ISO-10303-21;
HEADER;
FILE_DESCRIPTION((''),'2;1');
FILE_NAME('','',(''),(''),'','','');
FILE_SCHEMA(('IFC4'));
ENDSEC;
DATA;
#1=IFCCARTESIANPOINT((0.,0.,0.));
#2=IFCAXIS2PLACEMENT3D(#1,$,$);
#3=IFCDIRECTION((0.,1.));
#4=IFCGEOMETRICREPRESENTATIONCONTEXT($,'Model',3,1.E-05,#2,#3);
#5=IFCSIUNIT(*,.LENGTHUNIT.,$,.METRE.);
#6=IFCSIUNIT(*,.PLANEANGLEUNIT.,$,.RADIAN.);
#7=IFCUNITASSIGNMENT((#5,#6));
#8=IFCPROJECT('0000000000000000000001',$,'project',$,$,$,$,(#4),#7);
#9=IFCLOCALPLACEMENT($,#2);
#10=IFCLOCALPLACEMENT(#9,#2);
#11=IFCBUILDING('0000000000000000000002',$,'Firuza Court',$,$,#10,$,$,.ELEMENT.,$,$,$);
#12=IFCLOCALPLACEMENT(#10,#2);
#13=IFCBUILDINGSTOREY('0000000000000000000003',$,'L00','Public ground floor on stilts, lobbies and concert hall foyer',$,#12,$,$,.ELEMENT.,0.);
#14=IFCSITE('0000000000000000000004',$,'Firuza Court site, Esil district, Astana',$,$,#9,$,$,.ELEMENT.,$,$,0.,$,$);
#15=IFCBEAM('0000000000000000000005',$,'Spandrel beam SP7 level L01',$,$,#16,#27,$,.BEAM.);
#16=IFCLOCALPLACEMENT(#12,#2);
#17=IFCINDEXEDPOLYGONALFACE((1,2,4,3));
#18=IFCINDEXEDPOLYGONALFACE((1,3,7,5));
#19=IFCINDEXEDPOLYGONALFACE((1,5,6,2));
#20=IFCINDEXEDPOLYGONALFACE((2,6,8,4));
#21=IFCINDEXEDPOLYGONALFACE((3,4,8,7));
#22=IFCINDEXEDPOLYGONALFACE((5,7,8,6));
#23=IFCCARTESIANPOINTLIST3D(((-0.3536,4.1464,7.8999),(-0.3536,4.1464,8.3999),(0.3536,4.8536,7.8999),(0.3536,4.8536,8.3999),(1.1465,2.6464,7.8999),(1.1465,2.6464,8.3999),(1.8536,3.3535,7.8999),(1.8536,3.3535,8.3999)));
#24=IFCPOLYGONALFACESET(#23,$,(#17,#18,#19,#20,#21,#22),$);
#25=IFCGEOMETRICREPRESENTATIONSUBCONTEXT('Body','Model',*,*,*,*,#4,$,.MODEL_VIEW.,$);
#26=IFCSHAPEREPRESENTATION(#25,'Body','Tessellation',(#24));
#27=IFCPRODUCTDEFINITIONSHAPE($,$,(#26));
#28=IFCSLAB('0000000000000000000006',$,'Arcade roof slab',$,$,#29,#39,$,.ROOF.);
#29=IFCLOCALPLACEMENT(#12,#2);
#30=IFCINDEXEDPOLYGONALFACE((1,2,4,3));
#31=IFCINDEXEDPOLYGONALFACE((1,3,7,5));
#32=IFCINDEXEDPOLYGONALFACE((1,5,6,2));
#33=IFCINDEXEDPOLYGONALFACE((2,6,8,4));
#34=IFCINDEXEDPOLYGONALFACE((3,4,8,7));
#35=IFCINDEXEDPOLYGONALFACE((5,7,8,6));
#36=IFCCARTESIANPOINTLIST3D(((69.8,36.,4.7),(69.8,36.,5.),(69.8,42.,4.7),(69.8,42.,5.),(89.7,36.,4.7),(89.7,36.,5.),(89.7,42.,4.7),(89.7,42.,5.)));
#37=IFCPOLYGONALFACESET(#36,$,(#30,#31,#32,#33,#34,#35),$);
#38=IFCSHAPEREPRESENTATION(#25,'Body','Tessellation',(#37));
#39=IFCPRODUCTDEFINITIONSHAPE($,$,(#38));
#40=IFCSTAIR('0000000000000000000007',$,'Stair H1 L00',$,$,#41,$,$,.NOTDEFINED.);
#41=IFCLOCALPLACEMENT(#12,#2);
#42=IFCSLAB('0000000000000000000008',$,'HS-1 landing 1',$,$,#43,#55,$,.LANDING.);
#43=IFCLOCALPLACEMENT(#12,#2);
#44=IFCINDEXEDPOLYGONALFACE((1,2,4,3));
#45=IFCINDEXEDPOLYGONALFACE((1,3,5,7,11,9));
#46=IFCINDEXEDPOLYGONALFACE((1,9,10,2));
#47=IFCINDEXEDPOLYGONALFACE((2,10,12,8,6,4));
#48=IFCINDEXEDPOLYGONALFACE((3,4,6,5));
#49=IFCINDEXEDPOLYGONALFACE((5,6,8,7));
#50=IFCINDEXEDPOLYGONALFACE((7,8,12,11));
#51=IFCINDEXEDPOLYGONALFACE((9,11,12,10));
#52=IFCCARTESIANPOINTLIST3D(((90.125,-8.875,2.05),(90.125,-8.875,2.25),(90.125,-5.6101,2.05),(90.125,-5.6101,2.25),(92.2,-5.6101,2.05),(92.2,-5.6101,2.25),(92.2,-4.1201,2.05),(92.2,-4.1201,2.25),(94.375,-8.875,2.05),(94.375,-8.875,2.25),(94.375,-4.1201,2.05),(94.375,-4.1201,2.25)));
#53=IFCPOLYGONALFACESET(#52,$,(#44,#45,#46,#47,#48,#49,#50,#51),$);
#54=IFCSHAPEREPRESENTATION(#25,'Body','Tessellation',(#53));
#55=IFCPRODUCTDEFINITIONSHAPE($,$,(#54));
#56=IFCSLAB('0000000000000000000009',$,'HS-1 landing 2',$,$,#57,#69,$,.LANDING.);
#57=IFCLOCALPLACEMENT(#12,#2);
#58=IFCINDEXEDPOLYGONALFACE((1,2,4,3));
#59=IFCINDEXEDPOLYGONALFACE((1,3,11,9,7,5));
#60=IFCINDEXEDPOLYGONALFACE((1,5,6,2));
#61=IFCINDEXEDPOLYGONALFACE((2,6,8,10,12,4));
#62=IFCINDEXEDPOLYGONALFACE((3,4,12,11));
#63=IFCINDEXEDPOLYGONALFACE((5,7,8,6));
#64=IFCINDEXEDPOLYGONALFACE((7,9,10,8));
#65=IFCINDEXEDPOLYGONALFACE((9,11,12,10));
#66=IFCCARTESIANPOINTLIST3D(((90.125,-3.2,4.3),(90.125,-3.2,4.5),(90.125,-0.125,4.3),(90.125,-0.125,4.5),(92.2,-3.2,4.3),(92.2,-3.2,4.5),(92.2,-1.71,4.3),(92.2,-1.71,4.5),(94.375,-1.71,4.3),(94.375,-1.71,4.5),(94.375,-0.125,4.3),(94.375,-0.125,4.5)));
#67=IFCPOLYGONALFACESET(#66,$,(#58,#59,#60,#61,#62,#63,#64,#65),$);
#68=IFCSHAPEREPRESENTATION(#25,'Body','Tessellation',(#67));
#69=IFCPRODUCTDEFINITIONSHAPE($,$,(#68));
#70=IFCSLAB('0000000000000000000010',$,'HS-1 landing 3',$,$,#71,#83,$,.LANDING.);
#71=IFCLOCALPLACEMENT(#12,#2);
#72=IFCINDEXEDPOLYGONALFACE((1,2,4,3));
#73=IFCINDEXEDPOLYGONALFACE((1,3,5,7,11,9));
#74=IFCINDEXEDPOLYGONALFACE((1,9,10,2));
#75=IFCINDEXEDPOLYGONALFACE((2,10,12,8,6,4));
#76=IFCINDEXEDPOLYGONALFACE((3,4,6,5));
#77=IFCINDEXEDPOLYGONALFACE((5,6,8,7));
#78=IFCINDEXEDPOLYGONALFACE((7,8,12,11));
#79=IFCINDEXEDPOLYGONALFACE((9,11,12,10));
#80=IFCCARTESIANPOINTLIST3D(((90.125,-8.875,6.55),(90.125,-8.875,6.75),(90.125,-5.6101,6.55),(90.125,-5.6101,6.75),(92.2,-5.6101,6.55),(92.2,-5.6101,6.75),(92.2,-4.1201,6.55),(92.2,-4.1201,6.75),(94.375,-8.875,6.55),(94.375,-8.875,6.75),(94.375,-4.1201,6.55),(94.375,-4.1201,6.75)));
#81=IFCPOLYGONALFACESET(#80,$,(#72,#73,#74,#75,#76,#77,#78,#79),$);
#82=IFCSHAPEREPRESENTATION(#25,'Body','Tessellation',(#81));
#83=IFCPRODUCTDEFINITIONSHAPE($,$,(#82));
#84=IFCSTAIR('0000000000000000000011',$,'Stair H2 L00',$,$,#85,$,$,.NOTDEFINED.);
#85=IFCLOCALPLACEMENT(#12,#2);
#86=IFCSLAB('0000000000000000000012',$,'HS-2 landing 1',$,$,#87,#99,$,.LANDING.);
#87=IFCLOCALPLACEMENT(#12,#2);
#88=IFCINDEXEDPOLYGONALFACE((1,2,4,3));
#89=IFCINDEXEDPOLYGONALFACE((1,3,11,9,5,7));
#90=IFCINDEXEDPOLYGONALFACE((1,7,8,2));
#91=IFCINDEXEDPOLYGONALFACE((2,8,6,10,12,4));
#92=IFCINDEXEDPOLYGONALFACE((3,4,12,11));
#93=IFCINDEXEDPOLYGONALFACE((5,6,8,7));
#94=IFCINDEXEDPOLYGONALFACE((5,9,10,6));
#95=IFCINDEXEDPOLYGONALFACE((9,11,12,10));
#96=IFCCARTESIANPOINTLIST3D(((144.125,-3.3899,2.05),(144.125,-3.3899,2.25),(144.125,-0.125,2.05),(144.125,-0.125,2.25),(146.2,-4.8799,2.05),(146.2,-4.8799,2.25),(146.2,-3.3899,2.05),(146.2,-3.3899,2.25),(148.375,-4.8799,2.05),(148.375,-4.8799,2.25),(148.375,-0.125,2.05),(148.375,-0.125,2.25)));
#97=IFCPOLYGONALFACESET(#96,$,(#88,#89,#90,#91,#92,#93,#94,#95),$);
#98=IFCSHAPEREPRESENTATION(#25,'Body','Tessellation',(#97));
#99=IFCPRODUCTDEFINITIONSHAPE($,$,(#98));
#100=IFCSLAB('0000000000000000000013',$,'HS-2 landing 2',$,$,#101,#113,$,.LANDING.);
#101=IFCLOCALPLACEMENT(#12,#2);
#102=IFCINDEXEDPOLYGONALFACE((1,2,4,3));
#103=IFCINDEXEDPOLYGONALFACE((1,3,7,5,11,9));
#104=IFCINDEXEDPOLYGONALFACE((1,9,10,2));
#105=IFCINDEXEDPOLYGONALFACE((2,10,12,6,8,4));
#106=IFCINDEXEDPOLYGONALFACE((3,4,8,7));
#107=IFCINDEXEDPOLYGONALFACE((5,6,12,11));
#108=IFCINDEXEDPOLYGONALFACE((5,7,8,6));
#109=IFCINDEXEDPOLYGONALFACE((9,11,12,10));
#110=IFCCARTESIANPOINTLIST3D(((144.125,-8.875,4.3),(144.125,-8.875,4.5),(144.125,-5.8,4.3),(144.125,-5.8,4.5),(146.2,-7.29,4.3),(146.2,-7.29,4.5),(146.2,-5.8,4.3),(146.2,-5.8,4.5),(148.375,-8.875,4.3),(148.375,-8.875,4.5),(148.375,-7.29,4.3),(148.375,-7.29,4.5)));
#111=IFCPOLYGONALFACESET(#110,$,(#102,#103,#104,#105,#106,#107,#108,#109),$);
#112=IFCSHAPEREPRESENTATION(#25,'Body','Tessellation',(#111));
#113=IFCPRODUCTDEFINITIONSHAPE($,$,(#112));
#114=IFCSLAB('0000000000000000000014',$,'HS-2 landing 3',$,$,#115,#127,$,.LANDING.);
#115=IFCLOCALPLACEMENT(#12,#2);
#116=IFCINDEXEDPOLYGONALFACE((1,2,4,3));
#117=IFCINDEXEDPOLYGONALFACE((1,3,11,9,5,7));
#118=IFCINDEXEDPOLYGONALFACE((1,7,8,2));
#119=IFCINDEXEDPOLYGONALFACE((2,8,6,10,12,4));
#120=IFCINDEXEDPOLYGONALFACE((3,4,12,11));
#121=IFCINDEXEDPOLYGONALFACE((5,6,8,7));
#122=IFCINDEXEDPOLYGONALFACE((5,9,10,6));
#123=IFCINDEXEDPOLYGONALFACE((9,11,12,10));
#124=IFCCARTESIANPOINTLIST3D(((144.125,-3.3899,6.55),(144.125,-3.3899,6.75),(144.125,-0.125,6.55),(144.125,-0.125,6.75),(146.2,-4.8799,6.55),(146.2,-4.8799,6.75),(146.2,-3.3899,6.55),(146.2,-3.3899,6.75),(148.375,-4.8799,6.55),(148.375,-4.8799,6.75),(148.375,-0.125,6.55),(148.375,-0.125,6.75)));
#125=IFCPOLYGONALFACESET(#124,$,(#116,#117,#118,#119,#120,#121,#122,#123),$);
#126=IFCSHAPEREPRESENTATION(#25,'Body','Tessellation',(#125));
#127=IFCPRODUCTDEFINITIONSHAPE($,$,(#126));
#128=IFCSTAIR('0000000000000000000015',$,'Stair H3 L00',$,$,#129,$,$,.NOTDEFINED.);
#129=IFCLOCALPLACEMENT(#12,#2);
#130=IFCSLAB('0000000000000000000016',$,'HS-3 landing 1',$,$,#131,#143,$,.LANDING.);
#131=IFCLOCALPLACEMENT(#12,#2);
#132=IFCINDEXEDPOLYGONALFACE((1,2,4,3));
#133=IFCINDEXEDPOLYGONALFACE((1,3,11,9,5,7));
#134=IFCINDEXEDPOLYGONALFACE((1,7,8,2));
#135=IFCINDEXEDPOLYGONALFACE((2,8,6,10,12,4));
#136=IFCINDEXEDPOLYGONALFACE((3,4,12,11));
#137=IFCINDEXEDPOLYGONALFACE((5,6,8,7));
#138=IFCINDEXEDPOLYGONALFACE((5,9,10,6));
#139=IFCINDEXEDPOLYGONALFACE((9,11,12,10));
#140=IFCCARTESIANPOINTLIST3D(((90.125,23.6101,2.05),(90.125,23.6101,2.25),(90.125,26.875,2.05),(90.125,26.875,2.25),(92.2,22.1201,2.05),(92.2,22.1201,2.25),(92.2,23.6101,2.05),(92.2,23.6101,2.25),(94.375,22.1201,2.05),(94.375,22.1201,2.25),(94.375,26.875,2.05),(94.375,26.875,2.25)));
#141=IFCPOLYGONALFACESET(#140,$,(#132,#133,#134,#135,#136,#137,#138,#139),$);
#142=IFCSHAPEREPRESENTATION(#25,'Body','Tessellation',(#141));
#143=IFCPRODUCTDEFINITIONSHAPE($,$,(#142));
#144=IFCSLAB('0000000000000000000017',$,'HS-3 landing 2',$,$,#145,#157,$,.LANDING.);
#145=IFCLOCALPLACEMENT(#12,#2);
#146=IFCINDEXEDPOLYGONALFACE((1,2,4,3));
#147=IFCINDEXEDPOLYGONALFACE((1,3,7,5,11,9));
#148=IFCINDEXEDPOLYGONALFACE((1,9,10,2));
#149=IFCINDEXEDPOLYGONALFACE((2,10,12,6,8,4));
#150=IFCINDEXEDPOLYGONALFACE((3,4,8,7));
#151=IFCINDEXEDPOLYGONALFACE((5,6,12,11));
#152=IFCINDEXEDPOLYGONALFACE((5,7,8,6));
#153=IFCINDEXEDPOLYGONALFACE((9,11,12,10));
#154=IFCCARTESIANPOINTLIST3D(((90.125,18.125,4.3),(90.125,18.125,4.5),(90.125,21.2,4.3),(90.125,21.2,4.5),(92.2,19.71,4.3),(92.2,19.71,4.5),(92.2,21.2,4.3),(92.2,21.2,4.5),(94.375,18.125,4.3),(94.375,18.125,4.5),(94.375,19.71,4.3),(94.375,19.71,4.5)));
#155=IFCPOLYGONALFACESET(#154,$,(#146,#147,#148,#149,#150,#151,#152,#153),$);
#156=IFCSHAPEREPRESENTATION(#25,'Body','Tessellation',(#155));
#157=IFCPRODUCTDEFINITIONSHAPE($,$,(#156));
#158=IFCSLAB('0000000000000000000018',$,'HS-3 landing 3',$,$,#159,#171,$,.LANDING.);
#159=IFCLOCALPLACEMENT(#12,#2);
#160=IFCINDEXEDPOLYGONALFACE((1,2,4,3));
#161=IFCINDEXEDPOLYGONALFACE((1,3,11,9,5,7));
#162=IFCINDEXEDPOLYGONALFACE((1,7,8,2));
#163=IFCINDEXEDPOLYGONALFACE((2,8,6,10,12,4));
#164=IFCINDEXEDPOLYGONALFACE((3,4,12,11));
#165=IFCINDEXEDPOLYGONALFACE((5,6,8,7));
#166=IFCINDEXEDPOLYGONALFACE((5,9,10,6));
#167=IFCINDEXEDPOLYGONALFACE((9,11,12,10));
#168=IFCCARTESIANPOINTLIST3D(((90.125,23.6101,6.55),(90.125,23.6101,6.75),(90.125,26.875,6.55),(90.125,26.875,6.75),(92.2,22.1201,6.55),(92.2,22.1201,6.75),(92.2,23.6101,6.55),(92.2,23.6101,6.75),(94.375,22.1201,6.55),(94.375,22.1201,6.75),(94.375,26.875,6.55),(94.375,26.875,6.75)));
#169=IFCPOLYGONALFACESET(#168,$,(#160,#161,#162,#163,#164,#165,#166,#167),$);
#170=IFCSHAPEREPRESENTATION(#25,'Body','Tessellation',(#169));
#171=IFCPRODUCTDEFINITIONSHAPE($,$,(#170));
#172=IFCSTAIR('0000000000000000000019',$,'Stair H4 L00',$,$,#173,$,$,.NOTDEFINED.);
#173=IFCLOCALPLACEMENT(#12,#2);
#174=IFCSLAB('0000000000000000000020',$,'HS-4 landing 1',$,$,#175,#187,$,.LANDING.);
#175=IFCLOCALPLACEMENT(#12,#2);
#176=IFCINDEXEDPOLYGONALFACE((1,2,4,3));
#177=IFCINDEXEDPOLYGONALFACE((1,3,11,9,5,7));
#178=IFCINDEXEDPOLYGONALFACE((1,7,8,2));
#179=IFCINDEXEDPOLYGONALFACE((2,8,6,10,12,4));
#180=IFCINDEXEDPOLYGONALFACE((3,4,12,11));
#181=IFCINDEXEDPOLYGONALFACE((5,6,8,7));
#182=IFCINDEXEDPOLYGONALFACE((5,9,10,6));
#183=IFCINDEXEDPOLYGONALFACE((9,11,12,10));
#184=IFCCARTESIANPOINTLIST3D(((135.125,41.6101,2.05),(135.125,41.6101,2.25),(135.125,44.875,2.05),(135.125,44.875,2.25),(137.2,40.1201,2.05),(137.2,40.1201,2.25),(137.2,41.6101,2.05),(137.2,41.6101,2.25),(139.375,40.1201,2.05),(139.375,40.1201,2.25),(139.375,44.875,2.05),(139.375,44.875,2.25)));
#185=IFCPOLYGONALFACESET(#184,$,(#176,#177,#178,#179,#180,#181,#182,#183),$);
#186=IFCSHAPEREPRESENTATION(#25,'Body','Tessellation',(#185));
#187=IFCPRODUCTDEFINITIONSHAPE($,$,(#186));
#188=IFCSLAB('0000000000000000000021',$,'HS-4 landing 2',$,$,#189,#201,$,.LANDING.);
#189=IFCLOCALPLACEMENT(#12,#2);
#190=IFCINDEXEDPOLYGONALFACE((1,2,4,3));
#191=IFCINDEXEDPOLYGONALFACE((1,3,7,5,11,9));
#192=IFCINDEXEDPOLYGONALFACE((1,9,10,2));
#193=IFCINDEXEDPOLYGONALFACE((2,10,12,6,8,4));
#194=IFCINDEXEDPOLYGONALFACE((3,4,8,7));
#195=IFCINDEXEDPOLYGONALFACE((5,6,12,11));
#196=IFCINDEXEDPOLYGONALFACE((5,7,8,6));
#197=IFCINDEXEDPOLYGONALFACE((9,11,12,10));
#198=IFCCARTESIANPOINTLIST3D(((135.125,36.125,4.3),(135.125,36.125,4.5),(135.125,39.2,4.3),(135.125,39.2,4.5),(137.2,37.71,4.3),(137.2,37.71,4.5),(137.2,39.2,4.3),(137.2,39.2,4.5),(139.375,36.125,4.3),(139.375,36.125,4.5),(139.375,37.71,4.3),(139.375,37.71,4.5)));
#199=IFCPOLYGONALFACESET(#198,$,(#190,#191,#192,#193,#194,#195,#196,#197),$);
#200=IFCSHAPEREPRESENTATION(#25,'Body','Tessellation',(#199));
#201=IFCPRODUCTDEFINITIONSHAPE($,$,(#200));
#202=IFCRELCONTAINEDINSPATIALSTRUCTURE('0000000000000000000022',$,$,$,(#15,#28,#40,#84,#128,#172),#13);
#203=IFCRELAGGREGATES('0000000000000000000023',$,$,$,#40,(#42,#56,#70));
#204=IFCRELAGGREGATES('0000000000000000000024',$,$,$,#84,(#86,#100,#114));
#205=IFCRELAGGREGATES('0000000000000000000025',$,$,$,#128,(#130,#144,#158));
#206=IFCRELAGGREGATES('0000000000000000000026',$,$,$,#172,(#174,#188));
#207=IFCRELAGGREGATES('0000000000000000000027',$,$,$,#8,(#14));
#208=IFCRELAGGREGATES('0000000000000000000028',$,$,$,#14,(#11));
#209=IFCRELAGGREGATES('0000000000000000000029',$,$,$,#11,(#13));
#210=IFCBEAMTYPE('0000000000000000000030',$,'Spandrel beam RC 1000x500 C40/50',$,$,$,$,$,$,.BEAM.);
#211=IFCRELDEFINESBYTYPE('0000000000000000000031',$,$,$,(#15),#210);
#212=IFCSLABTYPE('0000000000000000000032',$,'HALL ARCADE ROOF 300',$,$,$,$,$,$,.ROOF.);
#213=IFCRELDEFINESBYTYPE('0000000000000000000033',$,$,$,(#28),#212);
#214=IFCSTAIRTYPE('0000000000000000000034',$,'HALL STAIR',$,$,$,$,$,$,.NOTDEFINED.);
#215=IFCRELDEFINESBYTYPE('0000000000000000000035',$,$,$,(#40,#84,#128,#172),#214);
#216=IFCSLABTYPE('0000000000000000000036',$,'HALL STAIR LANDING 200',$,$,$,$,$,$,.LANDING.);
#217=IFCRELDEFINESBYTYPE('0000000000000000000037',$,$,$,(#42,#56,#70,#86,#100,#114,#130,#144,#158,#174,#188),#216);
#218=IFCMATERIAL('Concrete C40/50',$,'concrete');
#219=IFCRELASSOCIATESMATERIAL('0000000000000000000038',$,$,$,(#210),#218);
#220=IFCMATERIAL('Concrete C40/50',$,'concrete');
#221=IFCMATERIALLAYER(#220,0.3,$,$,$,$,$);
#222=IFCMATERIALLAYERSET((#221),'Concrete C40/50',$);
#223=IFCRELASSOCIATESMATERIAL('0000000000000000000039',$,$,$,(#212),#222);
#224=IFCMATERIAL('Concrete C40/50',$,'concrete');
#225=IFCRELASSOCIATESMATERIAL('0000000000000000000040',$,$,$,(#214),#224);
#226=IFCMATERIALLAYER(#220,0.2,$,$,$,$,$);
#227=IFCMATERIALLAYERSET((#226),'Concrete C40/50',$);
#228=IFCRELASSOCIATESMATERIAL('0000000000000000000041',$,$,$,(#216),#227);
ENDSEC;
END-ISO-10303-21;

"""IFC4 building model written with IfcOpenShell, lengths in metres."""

from ifc_helpers import new_model, si_unit, direction, frame, origin, origin_2d, place, context, subcontext, project, spatial, polyline, rectangle, outline, extrude, material, layer, layer_set, material_profile, profile_set, type_object, element, aggregate, save


model = new_model("IFC4")

# Units and contexts
model_context = context("Model", 3, precision=1e-05, world=origin(), true_north=direction((0.0, 1.0)))
body_context = subcontext(model_context, "Body", "Model", "MODEL_VIEW")
ifc_project = project(units=[si_unit("LENGTHUNIT", "METRE"), si_unit("PLANEANGLEUNIT", "RADIAN")], contexts=[model_context])

# Site, building, storey
site_placement = place(None, origin())
site = spatial("IfcSite", under=ifc_project, at=site_placement, Name="Firuza Court site, Esil district, Astana", CompositionType="ELEMENT", RefElevation=0.0)
building_placement = place(site_placement, origin())
building = spatial("IfcBuilding", under=site, at=building_placement, Name="Firuza Court", CompositionType="ELEMENT")
storey_placement = place(building_placement, origin())
storey = spatial("IfcBuildingStorey", under=building, at=storey_placement, Name="L00", Description="Public ground floor on stilts, lobbies and concert hall foyer", CompositionType="ELEMENT", Elevation=0.0)

# Beam
ifc_material_1 = material(Name="Concrete C40/50", Category="concrete")
ifc_material_profile = material_profile(ifc_material_1, rectangle(XDim=1.0, YDim=0.5, at=origin_2d()), Name="RC 1000x500")
ifc_profile_set = profile_set([ifc_material_profile], Name="Concrete C40/50")
beam_type = type_object("IfcBeamType", Name="Spandrel beam RC 1000x500 C40/50", PredefinedType="BEAM", material=ifc_profile_set)
beam_placement = place(storey_placement, frame((0.0, 4.5, 8.1499), z_axis=(0.707107, -0.707107, 0.0), x_axis=(0.707107, 0.707107, 0.0)))
element("IfcBeam", 1, at=beam_placement, inside=storey, type_object=beam_type, Name="Spandrel beam SP7 level L01", PredefinedType="BEAM", context=body_context, shape_type="SweptSolid", body=[
    extrude(rectangle(XDim=1.0, YDim=0.5, at=origin_2d()), origin(), (0.0, 0.0, 1.0), 2.1213),
])

# Slab
ifc_material_2 = material(Name="Concrete C40/50", Category="concrete")
ifc_layer_1 = layer(ifc_material_2, 0.3)
ifc_layer_set_1 = layer_set([ifc_layer_1], Name="Concrete C40/50")
slab_type_1 = type_object("IfcSlabType", Name="HALL ARCADE ROOF 300", PredefinedType="ROOF", material=ifc_layer_set_1)
slab_1_placement = place(storey_placement, frame((0.0, 0.0, 4.7)))
element("IfcSlab", 2, at=slab_1_placement, inside=storey, type_object=slab_type_1, Name="Arcade roof slab", PredefinedType="ROOF", context=body_context, shape_type="SweptSolid", body=[
    extrude(outline(polyline([(89.7, 36.0), (89.7, 42.0), (69.8, 42.0), (69.8, 36.0), (89.7, 36.0)])), origin(), (0.0, 0.0, 1.0), 0.3),
])

# Stairs, slabs
ifc_material_3 = material(Name="Concrete C40/50", Category="concrete")
stair_type_1 = type_object("IfcStairType", Name="HALL STAIR", PredefinedType="NOTDEFINED", material=ifc_material_3)
stair_1_placement = place(storey_placement, origin())
stair_1 = element("IfcStair", 3, at=stair_1_placement, inside=storey, type_object=stair_type_1, Name="Stair H1 L00", PredefinedType="NOTDEFINED")
ifc_layer_2 = layer(ifc_material_2, 0.2)
ifc_layer_set_2 = layer_set([ifc_layer_2], Name="Concrete C40/50")
slab_type_2 = type_object("IfcSlabType", Name="HALL STAIR LANDING 200", PredefinedType="LANDING", material=ifc_layer_set_2)
slab_2_placement = place(storey_placement, frame((0.0, 0.0, 2.05)))
slab_2 = element("IfcSlab", 4, at=slab_2_placement, type_object=slab_type_2, Name="HS-1 landing 1", PredefinedType="LANDING", context=body_context, shape_type="SweptSolid", body=[
    extrude(outline(polyline([(90.125, -5.6101), (92.2, -5.6101), (92.2, -4.1201), (94.375, -4.1201), (94.375, -8.875), (90.125, -8.875), (90.125, -5.6101)])), origin(), (0.0, 0.0, 1.0), 0.2),
])
slab_3_placement = place(storey_placement, frame((0.0, 0.0, 4.3)))
slab_3 = element("IfcSlab", 5, at=slab_3_placement, type_object=slab_type_2, Name="HS-1 landing 2", PredefinedType="LANDING", context=body_context, shape_type="SweptSolid", body=[
    extrude(outline(polyline([(90.125, -0.125), (94.375, -0.125), (94.375, -1.71), (92.2, -1.71), (92.2, -3.2), (90.125, -3.2), (90.125, -0.125)])), origin(), (0.0, 0.0, 1.0), 0.2),
])
slab_4_placement = place(storey_placement, frame((0.0, 0.0, 6.55)))
slab_4 = element("IfcSlab", 6, at=slab_4_placement, type_object=slab_type_2, Name="HS-1 landing 3", PredefinedType="LANDING", context=body_context, shape_type="SweptSolid", body=[
    extrude(outline(polyline([(90.125, -5.6101), (92.2, -5.6101), (92.2, -4.1201), (94.375, -4.1201), (94.375, -8.875), (90.125, -8.875), (90.125, -5.6101)])), origin(), (0.0, 0.0, 1.0), 0.2),
])
aggregate(stair_1, [slab_2, slab_3, slab_4])
stair_2_placement = place(storey_placement, origin())
stair_2 = element("IfcStair", 7, at=stair_2_placement, inside=storey, type_object=stair_type_1, Name="Stair H2 L00", PredefinedType="NOTDEFINED")
slab_5_placement = place(storey_placement, frame((0.0, 0.0, 2.05)))
slab_5 = element("IfcSlab", 8, at=slab_5_placement, type_object=slab_type_2, Name="HS-2 landing 1", PredefinedType="LANDING", context=body_context, shape_type="SweptSolid", body=[
    extrude(outline(polyline([(144.125, -3.3899), (146.2, -3.3899), (146.2, -4.8799), (148.375, -4.8799), (148.375, -0.125), (144.125, -0.125), (144.125, -3.3899)])), origin(), (0.0, 0.0, 1.0), 0.2),
])
slab_6_placement = place(storey_placement, frame((0.0, 0.0, 4.3)))
slab_6 = element("IfcSlab", 9, at=slab_6_placement, type_object=slab_type_2, Name="HS-2 landing 2", PredefinedType="LANDING", context=body_context, shape_type="SweptSolid", body=[
    extrude(outline(polyline([(144.125, -8.875), (148.375, -8.875), (148.375, -7.29), (146.2, -7.29), (146.2, -5.8), (144.125, -5.8), (144.125, -8.875)])), origin(), (0.0, 0.0, 1.0), 0.2),
])
slab_7_placement = place(storey_placement, frame((0.0, 0.0, 6.55)))
slab_7 = element("IfcSlab", 10, at=slab_7_placement, type_object=slab_type_2, Name="HS-2 landing 3", PredefinedType="LANDING", context=body_context, shape_type="SweptSolid", body=[
    extrude(outline(polyline([(144.125, -3.3899), (146.2, -3.3899), (146.2, -4.8799), (148.375, -4.8799), (148.375, -0.125), (144.125, -0.125), (144.125, -3.3899)])), origin(), (0.0, 0.0, 1.0), 0.2),
])
aggregate(stair_2, [slab_5, slab_6, slab_7])
stair_3_placement = place(storey_placement, origin())
stair_3 = element("IfcStair", 11, at=stair_3_placement, inside=storey, type_object=stair_type_1, Name="Stair H3 L00", PredefinedType="NOTDEFINED")
slab_8_placement = place(storey_placement, frame((0.0, 0.0, 2.05)))
slab_8 = element("IfcSlab", 12, at=slab_8_placement, type_object=slab_type_2, Name="HS-3 landing 1", PredefinedType="LANDING", context=body_context, shape_type="SweptSolid", body=[
    extrude(outline(polyline([(90.125, 23.6101), (92.2, 23.6101), (92.2, 22.1201), (94.375, 22.1201), (94.375, 26.875), (90.125, 26.875), (90.125, 23.6101)])), origin(), (0.0, 0.0, 1.0), 0.2),
])
slab_9_placement = place(storey_placement, frame((0.0, 0.0, 4.3)))
slab_9 = element("IfcSlab", 13, at=slab_9_placement, type_object=slab_type_2, Name="HS-3 landing 2", PredefinedType="LANDING", context=body_context, shape_type="SweptSolid", body=[
    extrude(outline(polyline([(90.125, 18.125), (94.375, 18.125), (94.375, 19.71), (92.2, 19.71), (92.2, 21.2), (90.125, 21.2), (90.125, 18.125)])), origin(), (0.0, 0.0, 1.0), 0.2),
])
slab_10_placement = place(storey_placement, frame((0.0, 0.0, 6.55)))
slab_10 = element("IfcSlab", 14, at=slab_10_placement, type_object=slab_type_2, Name="HS-3 landing 3", PredefinedType="LANDING", context=body_context, shape_type="SweptSolid", body=[
    extrude(outline(polyline([(90.125, 23.6101), (92.2, 23.6101), (92.2, 22.1201), (94.375, 22.1201), (94.375, 26.875), (90.125, 26.875), (90.125, 23.6101)])), origin(), (0.0, 0.0, 1.0), 0.2),
])
aggregate(stair_3, [slab_8, slab_9, slab_10])
stair_4_placement = place(storey_placement, origin())
stair_4 = element("IfcStair", 15, at=stair_4_placement, inside=storey, type_object=stair_type_1, Name="Stair H4 L00", PredefinedType="NOTDEFINED")
slab_11_placement = place(storey_placement, frame((0.0, 0.0, 2.05)))
slab_11 = element("IfcSlab", 16, at=slab_11_placement, type_object=slab_type_2, Name="HS-4 landing 1", PredefinedType="LANDING", context=body_context, shape_type="SweptSolid", body=[
    extrude(outline(polyline([(135.125, 41.6101), (137.2, 41.6101), (137.2, 40.1201), (139.375, 40.1201), (139.375, 44.875), (135.125, 44.875), (135.125, 41.6101)])), origin(), (0.0, 0.0, 1.0), 0.2),
])
slab_12_placement = place(storey_placement, frame((0.0, 0.0, 4.3)))
slab_12 = element("IfcSlab", 17, at=slab_12_placement, type_object=slab_type_2, Name="HS-4 landing 2", PredefinedType="LANDING", context=body_context, shape_type="SweptSolid", body=[
    extrude(outline(polyline([(135.125, 36.125), (139.375, 36.125), (139.375, 37.71), (137.2, 37.71), (137.2, 39.2), (135.125, 39.2), (135.125, 36.125)])), origin(), (0.0, 0.0, 1.0), 0.2),
])
aggregate(stair_4, [slab_11, slab_12])

save(model, "model.ifc")
